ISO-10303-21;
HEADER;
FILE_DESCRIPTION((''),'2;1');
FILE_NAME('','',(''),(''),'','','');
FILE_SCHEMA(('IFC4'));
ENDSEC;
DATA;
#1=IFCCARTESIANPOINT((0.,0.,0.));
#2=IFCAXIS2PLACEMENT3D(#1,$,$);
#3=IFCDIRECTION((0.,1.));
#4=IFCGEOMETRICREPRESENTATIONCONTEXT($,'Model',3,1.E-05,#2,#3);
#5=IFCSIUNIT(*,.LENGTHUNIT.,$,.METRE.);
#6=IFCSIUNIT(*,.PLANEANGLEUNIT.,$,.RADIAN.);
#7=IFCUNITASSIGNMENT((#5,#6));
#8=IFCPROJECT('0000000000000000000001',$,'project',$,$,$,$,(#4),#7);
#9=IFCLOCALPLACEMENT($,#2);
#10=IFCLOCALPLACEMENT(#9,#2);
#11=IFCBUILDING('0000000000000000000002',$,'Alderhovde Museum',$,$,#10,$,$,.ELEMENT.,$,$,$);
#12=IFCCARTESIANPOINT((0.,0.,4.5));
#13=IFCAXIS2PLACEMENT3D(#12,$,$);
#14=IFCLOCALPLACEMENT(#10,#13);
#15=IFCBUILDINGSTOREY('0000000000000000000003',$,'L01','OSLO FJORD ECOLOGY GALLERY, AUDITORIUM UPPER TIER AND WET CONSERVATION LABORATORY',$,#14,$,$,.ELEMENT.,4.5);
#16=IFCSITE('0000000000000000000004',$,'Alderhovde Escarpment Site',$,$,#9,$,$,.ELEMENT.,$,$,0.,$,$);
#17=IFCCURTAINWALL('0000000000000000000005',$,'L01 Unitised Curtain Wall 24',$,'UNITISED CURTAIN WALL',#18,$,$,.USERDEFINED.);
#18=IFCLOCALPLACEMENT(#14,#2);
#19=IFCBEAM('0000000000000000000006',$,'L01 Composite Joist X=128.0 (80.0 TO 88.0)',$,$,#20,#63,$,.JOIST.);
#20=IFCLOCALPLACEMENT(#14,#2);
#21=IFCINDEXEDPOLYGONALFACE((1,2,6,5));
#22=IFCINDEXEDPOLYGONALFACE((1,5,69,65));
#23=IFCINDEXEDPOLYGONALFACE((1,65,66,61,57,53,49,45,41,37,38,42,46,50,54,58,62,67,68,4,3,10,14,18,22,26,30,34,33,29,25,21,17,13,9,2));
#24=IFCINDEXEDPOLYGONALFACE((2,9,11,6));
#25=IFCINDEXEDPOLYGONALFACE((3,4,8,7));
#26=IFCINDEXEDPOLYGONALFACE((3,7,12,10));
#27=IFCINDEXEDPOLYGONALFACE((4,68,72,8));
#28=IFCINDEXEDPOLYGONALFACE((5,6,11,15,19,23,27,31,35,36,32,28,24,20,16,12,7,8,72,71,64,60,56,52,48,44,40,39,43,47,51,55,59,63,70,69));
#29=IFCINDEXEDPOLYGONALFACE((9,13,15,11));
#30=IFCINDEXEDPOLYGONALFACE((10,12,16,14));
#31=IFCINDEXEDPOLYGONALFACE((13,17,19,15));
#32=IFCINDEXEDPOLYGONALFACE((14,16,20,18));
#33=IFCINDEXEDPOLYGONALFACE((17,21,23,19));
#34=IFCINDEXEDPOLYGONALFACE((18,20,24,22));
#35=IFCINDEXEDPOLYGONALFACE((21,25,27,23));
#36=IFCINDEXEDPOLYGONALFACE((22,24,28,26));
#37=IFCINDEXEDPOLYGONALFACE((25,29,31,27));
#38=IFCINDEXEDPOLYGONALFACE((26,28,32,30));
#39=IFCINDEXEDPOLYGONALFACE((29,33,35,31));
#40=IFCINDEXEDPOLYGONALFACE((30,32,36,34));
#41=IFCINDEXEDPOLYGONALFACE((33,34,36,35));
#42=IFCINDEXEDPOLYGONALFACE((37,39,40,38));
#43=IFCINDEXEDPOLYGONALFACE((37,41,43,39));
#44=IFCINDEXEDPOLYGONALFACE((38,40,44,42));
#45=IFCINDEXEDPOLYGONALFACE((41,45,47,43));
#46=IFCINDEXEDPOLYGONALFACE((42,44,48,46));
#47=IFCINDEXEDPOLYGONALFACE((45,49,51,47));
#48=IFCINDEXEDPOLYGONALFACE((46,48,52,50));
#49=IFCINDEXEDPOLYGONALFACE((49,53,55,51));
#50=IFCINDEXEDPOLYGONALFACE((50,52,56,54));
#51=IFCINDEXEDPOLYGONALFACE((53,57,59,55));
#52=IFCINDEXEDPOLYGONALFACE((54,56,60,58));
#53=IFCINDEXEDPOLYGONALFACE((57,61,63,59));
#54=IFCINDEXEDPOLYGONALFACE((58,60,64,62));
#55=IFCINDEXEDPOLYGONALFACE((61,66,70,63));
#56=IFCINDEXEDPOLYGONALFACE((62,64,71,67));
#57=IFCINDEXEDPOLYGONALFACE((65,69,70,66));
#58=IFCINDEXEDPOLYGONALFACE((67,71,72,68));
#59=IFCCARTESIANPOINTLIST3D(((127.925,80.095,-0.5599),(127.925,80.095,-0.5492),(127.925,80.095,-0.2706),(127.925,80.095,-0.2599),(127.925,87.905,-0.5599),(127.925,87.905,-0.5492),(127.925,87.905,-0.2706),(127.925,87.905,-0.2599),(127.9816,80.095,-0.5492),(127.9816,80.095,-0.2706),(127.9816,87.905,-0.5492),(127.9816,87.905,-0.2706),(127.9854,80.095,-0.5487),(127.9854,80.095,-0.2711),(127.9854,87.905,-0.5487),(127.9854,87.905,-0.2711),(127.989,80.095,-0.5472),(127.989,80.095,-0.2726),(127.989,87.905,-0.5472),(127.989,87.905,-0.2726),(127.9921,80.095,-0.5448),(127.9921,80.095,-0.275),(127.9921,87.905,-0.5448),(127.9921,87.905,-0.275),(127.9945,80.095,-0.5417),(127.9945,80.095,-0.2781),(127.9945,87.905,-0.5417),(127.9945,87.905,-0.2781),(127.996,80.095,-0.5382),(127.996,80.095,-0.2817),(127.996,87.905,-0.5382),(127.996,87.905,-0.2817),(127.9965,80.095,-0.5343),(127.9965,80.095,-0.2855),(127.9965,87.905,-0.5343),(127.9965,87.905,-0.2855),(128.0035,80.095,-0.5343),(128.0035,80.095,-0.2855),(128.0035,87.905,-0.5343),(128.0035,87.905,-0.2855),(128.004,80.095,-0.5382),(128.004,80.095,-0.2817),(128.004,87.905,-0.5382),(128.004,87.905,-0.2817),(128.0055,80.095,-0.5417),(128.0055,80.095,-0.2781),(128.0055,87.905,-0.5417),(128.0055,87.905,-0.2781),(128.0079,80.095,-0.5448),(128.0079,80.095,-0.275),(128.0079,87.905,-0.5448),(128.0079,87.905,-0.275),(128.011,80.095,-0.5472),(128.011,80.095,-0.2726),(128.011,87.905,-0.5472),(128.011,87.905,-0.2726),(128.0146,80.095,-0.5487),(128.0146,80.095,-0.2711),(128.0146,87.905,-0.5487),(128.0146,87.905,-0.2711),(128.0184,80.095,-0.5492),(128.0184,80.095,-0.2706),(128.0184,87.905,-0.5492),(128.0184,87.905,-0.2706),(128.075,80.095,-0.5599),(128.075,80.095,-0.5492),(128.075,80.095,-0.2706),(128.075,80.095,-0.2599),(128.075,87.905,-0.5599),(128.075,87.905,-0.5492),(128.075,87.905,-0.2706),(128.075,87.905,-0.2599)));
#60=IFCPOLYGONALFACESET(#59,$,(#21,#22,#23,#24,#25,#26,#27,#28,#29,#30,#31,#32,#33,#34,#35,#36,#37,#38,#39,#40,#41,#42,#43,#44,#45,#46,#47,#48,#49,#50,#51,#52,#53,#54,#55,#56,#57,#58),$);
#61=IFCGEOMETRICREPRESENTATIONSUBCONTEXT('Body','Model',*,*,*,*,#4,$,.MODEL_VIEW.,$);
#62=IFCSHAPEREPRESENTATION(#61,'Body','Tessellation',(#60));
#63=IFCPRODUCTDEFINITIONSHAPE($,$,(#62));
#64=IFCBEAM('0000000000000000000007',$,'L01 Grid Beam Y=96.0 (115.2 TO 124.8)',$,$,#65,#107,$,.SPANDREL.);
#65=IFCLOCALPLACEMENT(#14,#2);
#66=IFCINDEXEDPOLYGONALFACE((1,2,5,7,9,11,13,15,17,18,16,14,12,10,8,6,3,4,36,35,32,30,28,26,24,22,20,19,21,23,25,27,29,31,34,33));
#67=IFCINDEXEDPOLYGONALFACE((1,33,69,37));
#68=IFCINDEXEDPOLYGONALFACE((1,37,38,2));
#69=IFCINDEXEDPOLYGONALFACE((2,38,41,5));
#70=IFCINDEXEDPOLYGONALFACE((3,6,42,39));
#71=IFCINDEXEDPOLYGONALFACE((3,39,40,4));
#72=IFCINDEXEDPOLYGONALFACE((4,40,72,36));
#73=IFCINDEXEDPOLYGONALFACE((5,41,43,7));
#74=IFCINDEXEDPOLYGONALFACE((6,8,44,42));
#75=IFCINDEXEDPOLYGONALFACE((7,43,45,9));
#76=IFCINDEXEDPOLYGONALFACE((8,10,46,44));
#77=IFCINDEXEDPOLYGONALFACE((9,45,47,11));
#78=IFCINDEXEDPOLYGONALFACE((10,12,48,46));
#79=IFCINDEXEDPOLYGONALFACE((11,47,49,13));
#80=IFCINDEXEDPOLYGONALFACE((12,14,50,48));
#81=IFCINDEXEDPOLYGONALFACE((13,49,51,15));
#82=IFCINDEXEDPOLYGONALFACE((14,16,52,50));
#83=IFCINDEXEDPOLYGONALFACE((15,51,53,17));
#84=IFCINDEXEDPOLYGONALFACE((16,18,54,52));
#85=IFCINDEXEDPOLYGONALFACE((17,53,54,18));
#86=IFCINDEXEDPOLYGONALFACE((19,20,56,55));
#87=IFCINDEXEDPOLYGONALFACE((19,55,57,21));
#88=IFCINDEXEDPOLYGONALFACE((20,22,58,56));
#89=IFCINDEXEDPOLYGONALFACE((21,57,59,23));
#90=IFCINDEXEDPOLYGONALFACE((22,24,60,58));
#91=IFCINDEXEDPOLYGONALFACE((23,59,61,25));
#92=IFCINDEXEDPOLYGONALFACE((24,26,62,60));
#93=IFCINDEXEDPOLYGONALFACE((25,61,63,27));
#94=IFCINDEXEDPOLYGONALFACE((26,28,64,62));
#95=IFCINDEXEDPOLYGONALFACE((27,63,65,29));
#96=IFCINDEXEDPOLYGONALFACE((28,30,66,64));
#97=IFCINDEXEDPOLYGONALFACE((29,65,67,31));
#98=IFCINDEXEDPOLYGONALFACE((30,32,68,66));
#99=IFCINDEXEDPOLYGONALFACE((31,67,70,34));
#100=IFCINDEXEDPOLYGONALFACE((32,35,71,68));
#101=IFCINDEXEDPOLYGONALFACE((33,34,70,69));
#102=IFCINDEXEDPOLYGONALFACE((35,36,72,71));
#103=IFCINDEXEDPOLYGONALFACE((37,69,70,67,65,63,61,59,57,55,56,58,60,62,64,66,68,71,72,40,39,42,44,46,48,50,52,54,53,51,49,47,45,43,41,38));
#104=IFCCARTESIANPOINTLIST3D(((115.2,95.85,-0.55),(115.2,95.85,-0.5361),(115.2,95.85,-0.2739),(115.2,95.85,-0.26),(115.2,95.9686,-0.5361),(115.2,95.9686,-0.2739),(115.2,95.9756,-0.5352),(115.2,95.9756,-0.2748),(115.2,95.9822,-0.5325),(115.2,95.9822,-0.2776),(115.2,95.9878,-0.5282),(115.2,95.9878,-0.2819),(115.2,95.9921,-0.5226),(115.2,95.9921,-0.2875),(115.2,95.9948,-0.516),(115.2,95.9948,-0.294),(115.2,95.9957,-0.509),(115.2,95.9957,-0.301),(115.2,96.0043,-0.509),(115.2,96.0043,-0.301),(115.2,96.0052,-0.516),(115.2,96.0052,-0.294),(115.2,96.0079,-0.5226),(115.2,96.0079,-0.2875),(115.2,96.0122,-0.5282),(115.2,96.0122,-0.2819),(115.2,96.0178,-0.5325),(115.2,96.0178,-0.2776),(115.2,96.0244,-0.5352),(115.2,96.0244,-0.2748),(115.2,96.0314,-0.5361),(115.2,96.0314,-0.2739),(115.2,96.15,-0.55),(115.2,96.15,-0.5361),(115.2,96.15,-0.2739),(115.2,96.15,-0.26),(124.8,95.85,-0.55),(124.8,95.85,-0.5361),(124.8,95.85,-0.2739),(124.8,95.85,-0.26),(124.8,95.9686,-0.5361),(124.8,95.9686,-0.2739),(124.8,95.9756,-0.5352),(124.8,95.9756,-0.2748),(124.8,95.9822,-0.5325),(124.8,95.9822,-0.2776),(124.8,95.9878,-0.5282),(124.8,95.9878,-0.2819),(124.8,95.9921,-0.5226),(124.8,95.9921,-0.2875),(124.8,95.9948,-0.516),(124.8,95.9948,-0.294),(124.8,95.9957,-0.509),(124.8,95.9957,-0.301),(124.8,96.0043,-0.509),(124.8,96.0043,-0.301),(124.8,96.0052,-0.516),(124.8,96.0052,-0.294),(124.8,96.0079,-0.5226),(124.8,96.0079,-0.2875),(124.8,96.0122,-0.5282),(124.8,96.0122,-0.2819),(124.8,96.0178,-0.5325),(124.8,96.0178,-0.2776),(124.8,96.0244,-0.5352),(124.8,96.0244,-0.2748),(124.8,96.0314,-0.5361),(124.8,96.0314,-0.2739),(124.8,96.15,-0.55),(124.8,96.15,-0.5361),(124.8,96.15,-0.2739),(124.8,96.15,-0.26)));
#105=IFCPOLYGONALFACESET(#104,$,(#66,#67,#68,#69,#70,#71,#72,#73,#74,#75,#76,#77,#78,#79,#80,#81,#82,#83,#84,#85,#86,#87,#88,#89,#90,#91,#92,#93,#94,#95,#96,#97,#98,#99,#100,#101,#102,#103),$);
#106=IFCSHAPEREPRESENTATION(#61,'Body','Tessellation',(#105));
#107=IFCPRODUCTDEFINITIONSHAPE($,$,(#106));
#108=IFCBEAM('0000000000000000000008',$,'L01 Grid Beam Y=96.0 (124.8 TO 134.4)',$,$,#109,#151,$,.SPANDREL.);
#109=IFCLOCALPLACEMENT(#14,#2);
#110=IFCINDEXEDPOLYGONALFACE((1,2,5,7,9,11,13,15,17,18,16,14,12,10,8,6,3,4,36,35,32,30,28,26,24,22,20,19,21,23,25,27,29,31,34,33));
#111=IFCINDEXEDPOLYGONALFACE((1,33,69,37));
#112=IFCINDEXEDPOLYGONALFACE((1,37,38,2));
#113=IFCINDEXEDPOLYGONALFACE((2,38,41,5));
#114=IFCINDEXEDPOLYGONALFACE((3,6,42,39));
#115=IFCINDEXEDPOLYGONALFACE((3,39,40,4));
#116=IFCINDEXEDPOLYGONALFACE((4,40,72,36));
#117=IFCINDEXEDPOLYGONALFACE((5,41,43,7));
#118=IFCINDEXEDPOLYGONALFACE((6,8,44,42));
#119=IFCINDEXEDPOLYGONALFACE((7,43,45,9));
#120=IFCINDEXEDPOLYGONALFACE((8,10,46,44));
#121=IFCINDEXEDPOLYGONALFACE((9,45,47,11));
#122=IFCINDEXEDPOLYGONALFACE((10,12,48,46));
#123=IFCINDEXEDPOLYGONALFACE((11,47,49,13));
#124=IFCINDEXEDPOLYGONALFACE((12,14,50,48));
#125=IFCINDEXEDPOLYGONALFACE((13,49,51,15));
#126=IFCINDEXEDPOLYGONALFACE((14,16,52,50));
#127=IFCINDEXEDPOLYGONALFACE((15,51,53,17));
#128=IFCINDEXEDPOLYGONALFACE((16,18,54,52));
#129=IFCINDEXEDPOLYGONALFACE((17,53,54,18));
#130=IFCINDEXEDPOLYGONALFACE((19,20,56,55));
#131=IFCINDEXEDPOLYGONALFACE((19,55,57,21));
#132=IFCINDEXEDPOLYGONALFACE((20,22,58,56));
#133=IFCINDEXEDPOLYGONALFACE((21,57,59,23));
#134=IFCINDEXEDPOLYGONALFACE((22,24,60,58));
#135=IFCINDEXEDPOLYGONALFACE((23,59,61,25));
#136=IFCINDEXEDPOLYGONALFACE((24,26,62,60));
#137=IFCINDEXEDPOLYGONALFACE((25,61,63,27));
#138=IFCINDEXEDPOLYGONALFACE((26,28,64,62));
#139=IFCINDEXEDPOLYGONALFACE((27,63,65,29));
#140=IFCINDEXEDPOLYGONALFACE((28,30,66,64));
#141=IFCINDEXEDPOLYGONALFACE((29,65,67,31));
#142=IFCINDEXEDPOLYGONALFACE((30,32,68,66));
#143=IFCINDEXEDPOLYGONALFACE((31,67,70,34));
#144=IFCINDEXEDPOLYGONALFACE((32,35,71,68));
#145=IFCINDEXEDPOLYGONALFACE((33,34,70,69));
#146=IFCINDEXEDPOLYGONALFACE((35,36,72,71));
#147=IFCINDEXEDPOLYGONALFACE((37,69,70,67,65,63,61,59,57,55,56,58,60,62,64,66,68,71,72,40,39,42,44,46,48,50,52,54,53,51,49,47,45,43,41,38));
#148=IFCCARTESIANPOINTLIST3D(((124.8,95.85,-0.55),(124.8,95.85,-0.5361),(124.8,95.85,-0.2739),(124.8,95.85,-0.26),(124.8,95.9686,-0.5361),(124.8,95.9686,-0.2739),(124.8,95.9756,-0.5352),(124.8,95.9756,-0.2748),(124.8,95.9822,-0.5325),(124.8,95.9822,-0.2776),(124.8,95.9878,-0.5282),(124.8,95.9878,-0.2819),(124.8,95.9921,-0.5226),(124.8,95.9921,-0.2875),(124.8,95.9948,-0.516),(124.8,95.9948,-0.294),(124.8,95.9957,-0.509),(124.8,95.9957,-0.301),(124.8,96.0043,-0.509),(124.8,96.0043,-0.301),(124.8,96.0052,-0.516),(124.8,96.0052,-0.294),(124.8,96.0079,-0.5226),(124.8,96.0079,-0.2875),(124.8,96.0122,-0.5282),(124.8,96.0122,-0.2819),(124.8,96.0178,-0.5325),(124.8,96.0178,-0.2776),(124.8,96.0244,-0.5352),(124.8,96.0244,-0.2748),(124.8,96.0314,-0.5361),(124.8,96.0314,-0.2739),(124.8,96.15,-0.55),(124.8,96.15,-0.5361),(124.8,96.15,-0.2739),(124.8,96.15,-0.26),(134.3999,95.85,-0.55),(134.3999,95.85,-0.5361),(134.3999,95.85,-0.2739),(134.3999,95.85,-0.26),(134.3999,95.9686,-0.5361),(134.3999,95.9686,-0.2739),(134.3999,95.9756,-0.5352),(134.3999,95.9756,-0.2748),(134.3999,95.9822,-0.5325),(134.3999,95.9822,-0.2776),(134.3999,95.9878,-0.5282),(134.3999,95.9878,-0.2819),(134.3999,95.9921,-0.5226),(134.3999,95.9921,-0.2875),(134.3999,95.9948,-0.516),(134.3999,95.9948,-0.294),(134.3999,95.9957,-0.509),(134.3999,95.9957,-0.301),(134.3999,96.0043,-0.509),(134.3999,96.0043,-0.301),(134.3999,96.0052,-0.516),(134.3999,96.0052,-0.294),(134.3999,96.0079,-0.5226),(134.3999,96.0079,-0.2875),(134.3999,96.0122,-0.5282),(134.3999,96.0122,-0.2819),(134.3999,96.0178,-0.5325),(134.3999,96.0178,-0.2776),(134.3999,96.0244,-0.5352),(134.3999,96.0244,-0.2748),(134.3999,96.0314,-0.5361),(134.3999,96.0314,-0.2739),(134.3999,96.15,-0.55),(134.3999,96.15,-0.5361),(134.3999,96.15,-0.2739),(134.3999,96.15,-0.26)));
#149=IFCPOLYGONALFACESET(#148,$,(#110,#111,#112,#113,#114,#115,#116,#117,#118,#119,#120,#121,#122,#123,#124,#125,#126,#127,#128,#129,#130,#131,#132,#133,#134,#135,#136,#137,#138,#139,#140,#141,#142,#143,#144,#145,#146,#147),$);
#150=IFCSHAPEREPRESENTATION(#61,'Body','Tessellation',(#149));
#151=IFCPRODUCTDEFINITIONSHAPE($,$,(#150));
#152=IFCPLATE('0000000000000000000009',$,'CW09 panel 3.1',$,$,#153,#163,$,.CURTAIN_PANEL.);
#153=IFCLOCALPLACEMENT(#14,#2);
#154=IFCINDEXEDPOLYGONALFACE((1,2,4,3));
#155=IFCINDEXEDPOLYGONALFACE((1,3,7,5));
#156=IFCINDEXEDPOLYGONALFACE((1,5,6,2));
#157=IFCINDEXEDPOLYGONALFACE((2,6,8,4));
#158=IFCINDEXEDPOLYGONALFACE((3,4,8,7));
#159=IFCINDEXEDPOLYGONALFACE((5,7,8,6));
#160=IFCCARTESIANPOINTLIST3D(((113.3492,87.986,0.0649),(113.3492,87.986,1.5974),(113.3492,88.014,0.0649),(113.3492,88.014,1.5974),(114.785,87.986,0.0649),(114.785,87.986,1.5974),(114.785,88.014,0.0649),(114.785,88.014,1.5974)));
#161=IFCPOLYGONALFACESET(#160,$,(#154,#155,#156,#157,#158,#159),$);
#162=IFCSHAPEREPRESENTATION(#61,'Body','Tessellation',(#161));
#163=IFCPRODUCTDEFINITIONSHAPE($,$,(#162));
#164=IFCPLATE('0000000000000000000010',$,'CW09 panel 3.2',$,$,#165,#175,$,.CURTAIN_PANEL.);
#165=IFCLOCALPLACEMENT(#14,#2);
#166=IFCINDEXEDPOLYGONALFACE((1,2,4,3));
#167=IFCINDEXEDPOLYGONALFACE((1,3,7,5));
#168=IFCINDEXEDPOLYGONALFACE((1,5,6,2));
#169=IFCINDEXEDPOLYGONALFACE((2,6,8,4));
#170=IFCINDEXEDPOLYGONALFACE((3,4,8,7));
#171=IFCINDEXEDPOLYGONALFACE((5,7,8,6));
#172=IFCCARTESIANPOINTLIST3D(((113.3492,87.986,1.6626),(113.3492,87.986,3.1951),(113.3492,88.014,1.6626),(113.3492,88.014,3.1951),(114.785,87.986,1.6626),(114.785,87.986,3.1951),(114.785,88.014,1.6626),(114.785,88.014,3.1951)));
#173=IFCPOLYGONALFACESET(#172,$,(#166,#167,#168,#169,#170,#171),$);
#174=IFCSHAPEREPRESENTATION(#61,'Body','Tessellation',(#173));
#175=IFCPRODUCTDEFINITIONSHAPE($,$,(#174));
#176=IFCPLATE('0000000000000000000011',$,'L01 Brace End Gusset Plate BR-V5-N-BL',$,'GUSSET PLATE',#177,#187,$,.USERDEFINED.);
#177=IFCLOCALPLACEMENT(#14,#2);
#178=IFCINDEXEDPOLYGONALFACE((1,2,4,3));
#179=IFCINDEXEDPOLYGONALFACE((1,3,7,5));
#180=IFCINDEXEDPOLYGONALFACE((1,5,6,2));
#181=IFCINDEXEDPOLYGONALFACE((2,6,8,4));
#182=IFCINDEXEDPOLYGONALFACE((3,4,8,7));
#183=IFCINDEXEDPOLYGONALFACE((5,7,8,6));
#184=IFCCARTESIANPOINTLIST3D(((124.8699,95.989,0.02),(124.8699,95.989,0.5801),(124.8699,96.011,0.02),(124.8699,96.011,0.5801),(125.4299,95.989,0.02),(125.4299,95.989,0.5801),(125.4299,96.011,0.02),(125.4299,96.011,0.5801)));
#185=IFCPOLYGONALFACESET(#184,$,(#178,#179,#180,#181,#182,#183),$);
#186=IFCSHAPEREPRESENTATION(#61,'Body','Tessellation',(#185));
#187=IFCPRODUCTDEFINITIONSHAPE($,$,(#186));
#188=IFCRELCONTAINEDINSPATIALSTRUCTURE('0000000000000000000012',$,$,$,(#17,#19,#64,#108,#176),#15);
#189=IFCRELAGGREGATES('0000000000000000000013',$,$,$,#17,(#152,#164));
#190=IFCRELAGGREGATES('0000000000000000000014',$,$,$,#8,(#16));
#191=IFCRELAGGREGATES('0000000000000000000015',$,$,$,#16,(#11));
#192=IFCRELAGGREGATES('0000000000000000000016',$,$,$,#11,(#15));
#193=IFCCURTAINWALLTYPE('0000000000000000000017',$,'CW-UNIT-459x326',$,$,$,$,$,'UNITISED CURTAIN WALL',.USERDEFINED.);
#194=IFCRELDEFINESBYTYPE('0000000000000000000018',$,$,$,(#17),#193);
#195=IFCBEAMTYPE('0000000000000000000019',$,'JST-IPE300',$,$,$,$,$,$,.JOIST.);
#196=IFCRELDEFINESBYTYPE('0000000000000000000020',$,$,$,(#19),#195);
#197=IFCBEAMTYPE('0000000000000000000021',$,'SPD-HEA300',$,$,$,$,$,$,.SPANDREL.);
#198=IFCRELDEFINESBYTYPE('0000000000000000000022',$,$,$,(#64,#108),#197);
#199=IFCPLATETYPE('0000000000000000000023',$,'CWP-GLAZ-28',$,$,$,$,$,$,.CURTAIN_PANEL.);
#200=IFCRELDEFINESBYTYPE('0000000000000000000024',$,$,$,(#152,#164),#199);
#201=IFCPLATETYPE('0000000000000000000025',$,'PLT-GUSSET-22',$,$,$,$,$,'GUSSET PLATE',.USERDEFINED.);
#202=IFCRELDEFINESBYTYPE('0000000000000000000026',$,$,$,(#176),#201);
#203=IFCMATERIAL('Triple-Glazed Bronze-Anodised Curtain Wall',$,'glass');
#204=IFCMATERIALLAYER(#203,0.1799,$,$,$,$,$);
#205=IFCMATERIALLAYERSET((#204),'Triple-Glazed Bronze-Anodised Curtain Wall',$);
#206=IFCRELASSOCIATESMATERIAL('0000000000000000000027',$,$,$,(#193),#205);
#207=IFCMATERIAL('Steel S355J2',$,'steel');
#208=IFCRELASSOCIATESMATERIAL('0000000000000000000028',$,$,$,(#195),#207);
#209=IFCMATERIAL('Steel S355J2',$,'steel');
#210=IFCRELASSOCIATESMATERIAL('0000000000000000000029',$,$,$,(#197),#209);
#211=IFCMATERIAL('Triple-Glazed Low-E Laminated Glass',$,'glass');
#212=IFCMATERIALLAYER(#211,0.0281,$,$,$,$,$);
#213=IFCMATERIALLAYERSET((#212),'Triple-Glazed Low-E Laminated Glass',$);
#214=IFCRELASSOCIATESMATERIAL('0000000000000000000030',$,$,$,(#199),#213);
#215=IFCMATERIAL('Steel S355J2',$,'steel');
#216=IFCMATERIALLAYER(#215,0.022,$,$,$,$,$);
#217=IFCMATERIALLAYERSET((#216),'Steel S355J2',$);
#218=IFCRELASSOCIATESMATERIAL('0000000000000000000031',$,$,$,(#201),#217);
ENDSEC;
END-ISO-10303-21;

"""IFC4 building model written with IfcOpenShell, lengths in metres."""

from ifc_helpers import new_model, si_unit, direction, frame, origin, origin_2d, place, context, subcontext, project, spatial, rectangle, i_section, extrude, material, layer, layer_set, material_profile, profile_set, type_object, element, aggregate, save


model = new_model("IFC4")

# Units and contexts
model_context = context("Model", 3, precision=1e-05, world=origin(), true_north=direction((0.0, 1.0)))
body_context = subcontext(model_context, "Body", "Model", "MODEL_VIEW")
ifc_project = project(units=[si_unit("LENGTHUNIT", "METRE"), si_unit("PLANEANGLEUNIT", "RADIAN")], contexts=[model_context])

# Site, building, storey
site_placement = place(None, origin())
site = spatial("IfcSite", under=ifc_project, at=site_placement, Name="Alderhovde Escarpment Site", CompositionType="ELEMENT", RefElevation=0.0)
building_placement = place(site_placement, origin())
building = spatial("IfcBuilding", under=site, at=building_placement, Name="Alderhovde Museum", CompositionType="ELEMENT")
storey_placement = place(building_placement, frame((0.0, 0.0, 4.5)))
storey = spatial("IfcBuildingStorey", under=building, at=storey_placement, Name="L01", Description="OSLO FJORD ECOLOGY GALLERY, AUDITORIUM UPPER TIER AND WET CONSERVATION LABORATORY", CompositionType="ELEMENT", Elevation=4.5)

# Curtain wall
ifc_material_1 = material(Name="Triple-Glazed Bronze-Anodised Curtain Wall", Category="glass")
ifc_layer_1 = layer(ifc_material_1, 0.1799)
ifc_layer_set_1 = layer_set([ifc_layer_1], Name="Triple-Glazed Bronze-Anodised Curtain Wall")
curtain_wall_type = type_object("IfcCurtainWallType", Name="CW-UNIT-459x326", ElementType="UNITISED CURTAIN WALL", PredefinedType="USERDEFINED", material=ifc_layer_set_1)
curtain_wall_placement = place(storey_placement, origin())
curtain_wall = element("IfcCurtainWall", 1, at=curtain_wall_placement, inside=storey, type_object=curtain_wall_type, Name="L01 Unitised Curtain Wall 24", ObjectType="UNITISED CURTAIN WALL", PredefinedType="USERDEFINED")

# Beams
ifc_material_2 = material(Name="Steel S355J2", Category="steel")
ifc_material_profile_1 = material_profile(ifc_material_2, i_section(OverallWidth=0.1499, OverallDepth=0.3, WebThickness=0.0071, FlangeThickness=0.0107, FilletRadius=0.0149, at=origin_2d()), Name="IPE 300")
ifc_profile_set_1 = profile_set([ifc_material_profile_1], Name="Steel S355J2")
beam_type_1 = type_object("IfcBeamType", Name="JST-IPE300", PredefinedType="JOIST", material=ifc_profile_set_1)
beam_1_placement = place(storey_placement, frame((128.0, 80.095, -0.4099), z_axis=(0.0, 1.0, 0.0), x_axis=(-1.0, 0.0, 0.0)))
element("IfcBeam", 2, at=beam_1_placement, inside=storey, type_object=beam_type_1, Name="L01 Composite Joist X=128.0 (80.0 TO 88.0)", PredefinedType="JOIST", context=body_context, shape_type="SweptSolid", body=[
    extrude(i_section(OverallWidth=0.1499, OverallDepth=0.3, WebThickness=0.0071, FlangeThickness=0.0107, FilletRadius=0.0149, at=origin_2d()), origin(), (0.0, 0.0, 1.0), 7.8101),
])
ifc_material_3 = material(Name="Steel S355J2", Category="steel")
ifc_material_profile_2 = material_profile(ifc_material_3, i_section(OverallWidth=0.3, OverallDepth=0.29, WebThickness=0.0085, FlangeThickness=0.0139, FilletRadius=0.0271, at=origin_2d()), Name="HEA 300")
ifc_profile_set_2 = profile_set([ifc_material_profile_2], Name="Steel S355J2")
beam_type_2 = type_object("IfcBeamType", Name="SPD-HEA300", PredefinedType="SPANDREL", material=ifc_profile_set_2)
beam_2_placement = place(storey_placement, frame((115.2, 96.0, -0.405), z_axis=(1.0, 0.0, 0.0), x_axis=(0.0, 1.0, 0.0)))
element("IfcBeam", 3, at=beam_2_placement, inside=storey, type_object=beam_type_2, Name="L01 Grid Beam Y=96.0 (115.2 TO 124.8)", PredefinedType="SPANDREL", context=body_context, shape_type="SweptSolid", body=[
    extrude(i_section(OverallWidth=0.3, OverallDepth=0.29, WebThickness=0.0085, FlangeThickness=0.0139, FilletRadius=0.0271, at=origin_2d()), origin(), (0.0, 0.0, 1.0), 9.6001),
])
beam_3_placement = place(storey_placement, frame((124.8, 96.0, -0.405), z_axis=(1.0, 0.0, 0.0), x_axis=(0.0, 1.0, 0.0)))
element("IfcBeam", 4, at=beam_3_placement, inside=storey, type_object=beam_type_2, Name="L01 Grid Beam Y=96.0 (124.8 TO 134.4)", PredefinedType="SPANDREL", context=body_context, shape_type="SweptSolid", body=[
    extrude(i_section(OverallWidth=0.3, OverallDepth=0.29, WebThickness=0.0085, FlangeThickness=0.0139, FilletRadius=0.0271, at=origin_2d()), origin(), (0.0, 0.0, 1.0), 9.5999),
])

# Plates
ifc_material_4 = material(Name="Triple-Glazed Low-E Laminated Glass", Category="glass")
ifc_layer_2 = layer(ifc_material_4, 0.0281)
ifc_layer_set_2 = layer_set([ifc_layer_2], Name="Triple-Glazed Low-E Laminated Glass")
plate_type_1 = type_object("IfcPlateType", Name="CWP-GLAZ-28", PredefinedType="CURTAIN_PANEL", material=ifc_layer_set_2)
plate_1_placement = place(storey_placement, frame((114.0671, 88.0, 0.0649), z_axis=(0.0, 0.0, 1.0), x_axis=(1.0, 0.0, 0.0)))
plate_1 = element("IfcPlate", 5, at=plate_1_placement, type_object=plate_type_1, Name="CW09 panel 3.1", PredefinedType="CURTAIN_PANEL", context=body_context, shape_type="SweptSolid", body=[
    extrude(rectangle(XDim=1.4358, YDim=0.0281, at=origin_2d()), origin(), (0.0, 0.0, 1.0), 1.5325),
])
plate_2_placement = place(storey_placement, frame((114.0671, 88.0, 1.6626), z_axis=(0.0, 0.0, 1.0), x_axis=(1.0, 0.0, 0.0)))
plate_2 = element("IfcPlate", 6, at=plate_2_placement, type_object=plate_type_1, Name="CW09 panel 3.2", PredefinedType="CURTAIN_PANEL", context=body_context, shape_type="SweptSolid", body=[
    extrude(rectangle(XDim=1.4358, YDim=0.0281, at=origin_2d()), origin(), (0.0, 0.0, 1.0), 1.5325),
])
aggregate(curtain_wall, [plate_1, plate_2])
ifc_material_5 = material(Name="Steel S355J2", Category="steel")
ifc_layer_3 = layer(ifc_material_5, 0.022)
ifc_layer_set_3 = layer_set([ifc_layer_3], Name="Steel S355J2")
plate_type_2 = type_object("IfcPlateType", Name="PLT-GUSSET-22", ElementType="GUSSET PLATE", PredefinedType="USERDEFINED", material=ifc_layer_set_3)
plate_3_placement = place(storey_placement, frame((125.1499, 96.0, 0.02), z_axis=(0.0, 0.0, 1.0), x_axis=(1.0, 0.0, 0.0)))
element("IfcPlate", 7, at=plate_3_placement, inside=storey, type_object=plate_type_2, Name="L01 Brace End Gusset Plate BR-V5-N-BL", ObjectType="GUSSET PLATE", PredefinedType="USERDEFINED", context=body_context, shape_type="SweptSolid", body=[
    extrude(rectangle(XDim=0.5601, YDim=0.022, at=origin_2d()), origin(), (0.0, 0.0, 1.0), 0.5601),
])

save(model, "model.ifc")
